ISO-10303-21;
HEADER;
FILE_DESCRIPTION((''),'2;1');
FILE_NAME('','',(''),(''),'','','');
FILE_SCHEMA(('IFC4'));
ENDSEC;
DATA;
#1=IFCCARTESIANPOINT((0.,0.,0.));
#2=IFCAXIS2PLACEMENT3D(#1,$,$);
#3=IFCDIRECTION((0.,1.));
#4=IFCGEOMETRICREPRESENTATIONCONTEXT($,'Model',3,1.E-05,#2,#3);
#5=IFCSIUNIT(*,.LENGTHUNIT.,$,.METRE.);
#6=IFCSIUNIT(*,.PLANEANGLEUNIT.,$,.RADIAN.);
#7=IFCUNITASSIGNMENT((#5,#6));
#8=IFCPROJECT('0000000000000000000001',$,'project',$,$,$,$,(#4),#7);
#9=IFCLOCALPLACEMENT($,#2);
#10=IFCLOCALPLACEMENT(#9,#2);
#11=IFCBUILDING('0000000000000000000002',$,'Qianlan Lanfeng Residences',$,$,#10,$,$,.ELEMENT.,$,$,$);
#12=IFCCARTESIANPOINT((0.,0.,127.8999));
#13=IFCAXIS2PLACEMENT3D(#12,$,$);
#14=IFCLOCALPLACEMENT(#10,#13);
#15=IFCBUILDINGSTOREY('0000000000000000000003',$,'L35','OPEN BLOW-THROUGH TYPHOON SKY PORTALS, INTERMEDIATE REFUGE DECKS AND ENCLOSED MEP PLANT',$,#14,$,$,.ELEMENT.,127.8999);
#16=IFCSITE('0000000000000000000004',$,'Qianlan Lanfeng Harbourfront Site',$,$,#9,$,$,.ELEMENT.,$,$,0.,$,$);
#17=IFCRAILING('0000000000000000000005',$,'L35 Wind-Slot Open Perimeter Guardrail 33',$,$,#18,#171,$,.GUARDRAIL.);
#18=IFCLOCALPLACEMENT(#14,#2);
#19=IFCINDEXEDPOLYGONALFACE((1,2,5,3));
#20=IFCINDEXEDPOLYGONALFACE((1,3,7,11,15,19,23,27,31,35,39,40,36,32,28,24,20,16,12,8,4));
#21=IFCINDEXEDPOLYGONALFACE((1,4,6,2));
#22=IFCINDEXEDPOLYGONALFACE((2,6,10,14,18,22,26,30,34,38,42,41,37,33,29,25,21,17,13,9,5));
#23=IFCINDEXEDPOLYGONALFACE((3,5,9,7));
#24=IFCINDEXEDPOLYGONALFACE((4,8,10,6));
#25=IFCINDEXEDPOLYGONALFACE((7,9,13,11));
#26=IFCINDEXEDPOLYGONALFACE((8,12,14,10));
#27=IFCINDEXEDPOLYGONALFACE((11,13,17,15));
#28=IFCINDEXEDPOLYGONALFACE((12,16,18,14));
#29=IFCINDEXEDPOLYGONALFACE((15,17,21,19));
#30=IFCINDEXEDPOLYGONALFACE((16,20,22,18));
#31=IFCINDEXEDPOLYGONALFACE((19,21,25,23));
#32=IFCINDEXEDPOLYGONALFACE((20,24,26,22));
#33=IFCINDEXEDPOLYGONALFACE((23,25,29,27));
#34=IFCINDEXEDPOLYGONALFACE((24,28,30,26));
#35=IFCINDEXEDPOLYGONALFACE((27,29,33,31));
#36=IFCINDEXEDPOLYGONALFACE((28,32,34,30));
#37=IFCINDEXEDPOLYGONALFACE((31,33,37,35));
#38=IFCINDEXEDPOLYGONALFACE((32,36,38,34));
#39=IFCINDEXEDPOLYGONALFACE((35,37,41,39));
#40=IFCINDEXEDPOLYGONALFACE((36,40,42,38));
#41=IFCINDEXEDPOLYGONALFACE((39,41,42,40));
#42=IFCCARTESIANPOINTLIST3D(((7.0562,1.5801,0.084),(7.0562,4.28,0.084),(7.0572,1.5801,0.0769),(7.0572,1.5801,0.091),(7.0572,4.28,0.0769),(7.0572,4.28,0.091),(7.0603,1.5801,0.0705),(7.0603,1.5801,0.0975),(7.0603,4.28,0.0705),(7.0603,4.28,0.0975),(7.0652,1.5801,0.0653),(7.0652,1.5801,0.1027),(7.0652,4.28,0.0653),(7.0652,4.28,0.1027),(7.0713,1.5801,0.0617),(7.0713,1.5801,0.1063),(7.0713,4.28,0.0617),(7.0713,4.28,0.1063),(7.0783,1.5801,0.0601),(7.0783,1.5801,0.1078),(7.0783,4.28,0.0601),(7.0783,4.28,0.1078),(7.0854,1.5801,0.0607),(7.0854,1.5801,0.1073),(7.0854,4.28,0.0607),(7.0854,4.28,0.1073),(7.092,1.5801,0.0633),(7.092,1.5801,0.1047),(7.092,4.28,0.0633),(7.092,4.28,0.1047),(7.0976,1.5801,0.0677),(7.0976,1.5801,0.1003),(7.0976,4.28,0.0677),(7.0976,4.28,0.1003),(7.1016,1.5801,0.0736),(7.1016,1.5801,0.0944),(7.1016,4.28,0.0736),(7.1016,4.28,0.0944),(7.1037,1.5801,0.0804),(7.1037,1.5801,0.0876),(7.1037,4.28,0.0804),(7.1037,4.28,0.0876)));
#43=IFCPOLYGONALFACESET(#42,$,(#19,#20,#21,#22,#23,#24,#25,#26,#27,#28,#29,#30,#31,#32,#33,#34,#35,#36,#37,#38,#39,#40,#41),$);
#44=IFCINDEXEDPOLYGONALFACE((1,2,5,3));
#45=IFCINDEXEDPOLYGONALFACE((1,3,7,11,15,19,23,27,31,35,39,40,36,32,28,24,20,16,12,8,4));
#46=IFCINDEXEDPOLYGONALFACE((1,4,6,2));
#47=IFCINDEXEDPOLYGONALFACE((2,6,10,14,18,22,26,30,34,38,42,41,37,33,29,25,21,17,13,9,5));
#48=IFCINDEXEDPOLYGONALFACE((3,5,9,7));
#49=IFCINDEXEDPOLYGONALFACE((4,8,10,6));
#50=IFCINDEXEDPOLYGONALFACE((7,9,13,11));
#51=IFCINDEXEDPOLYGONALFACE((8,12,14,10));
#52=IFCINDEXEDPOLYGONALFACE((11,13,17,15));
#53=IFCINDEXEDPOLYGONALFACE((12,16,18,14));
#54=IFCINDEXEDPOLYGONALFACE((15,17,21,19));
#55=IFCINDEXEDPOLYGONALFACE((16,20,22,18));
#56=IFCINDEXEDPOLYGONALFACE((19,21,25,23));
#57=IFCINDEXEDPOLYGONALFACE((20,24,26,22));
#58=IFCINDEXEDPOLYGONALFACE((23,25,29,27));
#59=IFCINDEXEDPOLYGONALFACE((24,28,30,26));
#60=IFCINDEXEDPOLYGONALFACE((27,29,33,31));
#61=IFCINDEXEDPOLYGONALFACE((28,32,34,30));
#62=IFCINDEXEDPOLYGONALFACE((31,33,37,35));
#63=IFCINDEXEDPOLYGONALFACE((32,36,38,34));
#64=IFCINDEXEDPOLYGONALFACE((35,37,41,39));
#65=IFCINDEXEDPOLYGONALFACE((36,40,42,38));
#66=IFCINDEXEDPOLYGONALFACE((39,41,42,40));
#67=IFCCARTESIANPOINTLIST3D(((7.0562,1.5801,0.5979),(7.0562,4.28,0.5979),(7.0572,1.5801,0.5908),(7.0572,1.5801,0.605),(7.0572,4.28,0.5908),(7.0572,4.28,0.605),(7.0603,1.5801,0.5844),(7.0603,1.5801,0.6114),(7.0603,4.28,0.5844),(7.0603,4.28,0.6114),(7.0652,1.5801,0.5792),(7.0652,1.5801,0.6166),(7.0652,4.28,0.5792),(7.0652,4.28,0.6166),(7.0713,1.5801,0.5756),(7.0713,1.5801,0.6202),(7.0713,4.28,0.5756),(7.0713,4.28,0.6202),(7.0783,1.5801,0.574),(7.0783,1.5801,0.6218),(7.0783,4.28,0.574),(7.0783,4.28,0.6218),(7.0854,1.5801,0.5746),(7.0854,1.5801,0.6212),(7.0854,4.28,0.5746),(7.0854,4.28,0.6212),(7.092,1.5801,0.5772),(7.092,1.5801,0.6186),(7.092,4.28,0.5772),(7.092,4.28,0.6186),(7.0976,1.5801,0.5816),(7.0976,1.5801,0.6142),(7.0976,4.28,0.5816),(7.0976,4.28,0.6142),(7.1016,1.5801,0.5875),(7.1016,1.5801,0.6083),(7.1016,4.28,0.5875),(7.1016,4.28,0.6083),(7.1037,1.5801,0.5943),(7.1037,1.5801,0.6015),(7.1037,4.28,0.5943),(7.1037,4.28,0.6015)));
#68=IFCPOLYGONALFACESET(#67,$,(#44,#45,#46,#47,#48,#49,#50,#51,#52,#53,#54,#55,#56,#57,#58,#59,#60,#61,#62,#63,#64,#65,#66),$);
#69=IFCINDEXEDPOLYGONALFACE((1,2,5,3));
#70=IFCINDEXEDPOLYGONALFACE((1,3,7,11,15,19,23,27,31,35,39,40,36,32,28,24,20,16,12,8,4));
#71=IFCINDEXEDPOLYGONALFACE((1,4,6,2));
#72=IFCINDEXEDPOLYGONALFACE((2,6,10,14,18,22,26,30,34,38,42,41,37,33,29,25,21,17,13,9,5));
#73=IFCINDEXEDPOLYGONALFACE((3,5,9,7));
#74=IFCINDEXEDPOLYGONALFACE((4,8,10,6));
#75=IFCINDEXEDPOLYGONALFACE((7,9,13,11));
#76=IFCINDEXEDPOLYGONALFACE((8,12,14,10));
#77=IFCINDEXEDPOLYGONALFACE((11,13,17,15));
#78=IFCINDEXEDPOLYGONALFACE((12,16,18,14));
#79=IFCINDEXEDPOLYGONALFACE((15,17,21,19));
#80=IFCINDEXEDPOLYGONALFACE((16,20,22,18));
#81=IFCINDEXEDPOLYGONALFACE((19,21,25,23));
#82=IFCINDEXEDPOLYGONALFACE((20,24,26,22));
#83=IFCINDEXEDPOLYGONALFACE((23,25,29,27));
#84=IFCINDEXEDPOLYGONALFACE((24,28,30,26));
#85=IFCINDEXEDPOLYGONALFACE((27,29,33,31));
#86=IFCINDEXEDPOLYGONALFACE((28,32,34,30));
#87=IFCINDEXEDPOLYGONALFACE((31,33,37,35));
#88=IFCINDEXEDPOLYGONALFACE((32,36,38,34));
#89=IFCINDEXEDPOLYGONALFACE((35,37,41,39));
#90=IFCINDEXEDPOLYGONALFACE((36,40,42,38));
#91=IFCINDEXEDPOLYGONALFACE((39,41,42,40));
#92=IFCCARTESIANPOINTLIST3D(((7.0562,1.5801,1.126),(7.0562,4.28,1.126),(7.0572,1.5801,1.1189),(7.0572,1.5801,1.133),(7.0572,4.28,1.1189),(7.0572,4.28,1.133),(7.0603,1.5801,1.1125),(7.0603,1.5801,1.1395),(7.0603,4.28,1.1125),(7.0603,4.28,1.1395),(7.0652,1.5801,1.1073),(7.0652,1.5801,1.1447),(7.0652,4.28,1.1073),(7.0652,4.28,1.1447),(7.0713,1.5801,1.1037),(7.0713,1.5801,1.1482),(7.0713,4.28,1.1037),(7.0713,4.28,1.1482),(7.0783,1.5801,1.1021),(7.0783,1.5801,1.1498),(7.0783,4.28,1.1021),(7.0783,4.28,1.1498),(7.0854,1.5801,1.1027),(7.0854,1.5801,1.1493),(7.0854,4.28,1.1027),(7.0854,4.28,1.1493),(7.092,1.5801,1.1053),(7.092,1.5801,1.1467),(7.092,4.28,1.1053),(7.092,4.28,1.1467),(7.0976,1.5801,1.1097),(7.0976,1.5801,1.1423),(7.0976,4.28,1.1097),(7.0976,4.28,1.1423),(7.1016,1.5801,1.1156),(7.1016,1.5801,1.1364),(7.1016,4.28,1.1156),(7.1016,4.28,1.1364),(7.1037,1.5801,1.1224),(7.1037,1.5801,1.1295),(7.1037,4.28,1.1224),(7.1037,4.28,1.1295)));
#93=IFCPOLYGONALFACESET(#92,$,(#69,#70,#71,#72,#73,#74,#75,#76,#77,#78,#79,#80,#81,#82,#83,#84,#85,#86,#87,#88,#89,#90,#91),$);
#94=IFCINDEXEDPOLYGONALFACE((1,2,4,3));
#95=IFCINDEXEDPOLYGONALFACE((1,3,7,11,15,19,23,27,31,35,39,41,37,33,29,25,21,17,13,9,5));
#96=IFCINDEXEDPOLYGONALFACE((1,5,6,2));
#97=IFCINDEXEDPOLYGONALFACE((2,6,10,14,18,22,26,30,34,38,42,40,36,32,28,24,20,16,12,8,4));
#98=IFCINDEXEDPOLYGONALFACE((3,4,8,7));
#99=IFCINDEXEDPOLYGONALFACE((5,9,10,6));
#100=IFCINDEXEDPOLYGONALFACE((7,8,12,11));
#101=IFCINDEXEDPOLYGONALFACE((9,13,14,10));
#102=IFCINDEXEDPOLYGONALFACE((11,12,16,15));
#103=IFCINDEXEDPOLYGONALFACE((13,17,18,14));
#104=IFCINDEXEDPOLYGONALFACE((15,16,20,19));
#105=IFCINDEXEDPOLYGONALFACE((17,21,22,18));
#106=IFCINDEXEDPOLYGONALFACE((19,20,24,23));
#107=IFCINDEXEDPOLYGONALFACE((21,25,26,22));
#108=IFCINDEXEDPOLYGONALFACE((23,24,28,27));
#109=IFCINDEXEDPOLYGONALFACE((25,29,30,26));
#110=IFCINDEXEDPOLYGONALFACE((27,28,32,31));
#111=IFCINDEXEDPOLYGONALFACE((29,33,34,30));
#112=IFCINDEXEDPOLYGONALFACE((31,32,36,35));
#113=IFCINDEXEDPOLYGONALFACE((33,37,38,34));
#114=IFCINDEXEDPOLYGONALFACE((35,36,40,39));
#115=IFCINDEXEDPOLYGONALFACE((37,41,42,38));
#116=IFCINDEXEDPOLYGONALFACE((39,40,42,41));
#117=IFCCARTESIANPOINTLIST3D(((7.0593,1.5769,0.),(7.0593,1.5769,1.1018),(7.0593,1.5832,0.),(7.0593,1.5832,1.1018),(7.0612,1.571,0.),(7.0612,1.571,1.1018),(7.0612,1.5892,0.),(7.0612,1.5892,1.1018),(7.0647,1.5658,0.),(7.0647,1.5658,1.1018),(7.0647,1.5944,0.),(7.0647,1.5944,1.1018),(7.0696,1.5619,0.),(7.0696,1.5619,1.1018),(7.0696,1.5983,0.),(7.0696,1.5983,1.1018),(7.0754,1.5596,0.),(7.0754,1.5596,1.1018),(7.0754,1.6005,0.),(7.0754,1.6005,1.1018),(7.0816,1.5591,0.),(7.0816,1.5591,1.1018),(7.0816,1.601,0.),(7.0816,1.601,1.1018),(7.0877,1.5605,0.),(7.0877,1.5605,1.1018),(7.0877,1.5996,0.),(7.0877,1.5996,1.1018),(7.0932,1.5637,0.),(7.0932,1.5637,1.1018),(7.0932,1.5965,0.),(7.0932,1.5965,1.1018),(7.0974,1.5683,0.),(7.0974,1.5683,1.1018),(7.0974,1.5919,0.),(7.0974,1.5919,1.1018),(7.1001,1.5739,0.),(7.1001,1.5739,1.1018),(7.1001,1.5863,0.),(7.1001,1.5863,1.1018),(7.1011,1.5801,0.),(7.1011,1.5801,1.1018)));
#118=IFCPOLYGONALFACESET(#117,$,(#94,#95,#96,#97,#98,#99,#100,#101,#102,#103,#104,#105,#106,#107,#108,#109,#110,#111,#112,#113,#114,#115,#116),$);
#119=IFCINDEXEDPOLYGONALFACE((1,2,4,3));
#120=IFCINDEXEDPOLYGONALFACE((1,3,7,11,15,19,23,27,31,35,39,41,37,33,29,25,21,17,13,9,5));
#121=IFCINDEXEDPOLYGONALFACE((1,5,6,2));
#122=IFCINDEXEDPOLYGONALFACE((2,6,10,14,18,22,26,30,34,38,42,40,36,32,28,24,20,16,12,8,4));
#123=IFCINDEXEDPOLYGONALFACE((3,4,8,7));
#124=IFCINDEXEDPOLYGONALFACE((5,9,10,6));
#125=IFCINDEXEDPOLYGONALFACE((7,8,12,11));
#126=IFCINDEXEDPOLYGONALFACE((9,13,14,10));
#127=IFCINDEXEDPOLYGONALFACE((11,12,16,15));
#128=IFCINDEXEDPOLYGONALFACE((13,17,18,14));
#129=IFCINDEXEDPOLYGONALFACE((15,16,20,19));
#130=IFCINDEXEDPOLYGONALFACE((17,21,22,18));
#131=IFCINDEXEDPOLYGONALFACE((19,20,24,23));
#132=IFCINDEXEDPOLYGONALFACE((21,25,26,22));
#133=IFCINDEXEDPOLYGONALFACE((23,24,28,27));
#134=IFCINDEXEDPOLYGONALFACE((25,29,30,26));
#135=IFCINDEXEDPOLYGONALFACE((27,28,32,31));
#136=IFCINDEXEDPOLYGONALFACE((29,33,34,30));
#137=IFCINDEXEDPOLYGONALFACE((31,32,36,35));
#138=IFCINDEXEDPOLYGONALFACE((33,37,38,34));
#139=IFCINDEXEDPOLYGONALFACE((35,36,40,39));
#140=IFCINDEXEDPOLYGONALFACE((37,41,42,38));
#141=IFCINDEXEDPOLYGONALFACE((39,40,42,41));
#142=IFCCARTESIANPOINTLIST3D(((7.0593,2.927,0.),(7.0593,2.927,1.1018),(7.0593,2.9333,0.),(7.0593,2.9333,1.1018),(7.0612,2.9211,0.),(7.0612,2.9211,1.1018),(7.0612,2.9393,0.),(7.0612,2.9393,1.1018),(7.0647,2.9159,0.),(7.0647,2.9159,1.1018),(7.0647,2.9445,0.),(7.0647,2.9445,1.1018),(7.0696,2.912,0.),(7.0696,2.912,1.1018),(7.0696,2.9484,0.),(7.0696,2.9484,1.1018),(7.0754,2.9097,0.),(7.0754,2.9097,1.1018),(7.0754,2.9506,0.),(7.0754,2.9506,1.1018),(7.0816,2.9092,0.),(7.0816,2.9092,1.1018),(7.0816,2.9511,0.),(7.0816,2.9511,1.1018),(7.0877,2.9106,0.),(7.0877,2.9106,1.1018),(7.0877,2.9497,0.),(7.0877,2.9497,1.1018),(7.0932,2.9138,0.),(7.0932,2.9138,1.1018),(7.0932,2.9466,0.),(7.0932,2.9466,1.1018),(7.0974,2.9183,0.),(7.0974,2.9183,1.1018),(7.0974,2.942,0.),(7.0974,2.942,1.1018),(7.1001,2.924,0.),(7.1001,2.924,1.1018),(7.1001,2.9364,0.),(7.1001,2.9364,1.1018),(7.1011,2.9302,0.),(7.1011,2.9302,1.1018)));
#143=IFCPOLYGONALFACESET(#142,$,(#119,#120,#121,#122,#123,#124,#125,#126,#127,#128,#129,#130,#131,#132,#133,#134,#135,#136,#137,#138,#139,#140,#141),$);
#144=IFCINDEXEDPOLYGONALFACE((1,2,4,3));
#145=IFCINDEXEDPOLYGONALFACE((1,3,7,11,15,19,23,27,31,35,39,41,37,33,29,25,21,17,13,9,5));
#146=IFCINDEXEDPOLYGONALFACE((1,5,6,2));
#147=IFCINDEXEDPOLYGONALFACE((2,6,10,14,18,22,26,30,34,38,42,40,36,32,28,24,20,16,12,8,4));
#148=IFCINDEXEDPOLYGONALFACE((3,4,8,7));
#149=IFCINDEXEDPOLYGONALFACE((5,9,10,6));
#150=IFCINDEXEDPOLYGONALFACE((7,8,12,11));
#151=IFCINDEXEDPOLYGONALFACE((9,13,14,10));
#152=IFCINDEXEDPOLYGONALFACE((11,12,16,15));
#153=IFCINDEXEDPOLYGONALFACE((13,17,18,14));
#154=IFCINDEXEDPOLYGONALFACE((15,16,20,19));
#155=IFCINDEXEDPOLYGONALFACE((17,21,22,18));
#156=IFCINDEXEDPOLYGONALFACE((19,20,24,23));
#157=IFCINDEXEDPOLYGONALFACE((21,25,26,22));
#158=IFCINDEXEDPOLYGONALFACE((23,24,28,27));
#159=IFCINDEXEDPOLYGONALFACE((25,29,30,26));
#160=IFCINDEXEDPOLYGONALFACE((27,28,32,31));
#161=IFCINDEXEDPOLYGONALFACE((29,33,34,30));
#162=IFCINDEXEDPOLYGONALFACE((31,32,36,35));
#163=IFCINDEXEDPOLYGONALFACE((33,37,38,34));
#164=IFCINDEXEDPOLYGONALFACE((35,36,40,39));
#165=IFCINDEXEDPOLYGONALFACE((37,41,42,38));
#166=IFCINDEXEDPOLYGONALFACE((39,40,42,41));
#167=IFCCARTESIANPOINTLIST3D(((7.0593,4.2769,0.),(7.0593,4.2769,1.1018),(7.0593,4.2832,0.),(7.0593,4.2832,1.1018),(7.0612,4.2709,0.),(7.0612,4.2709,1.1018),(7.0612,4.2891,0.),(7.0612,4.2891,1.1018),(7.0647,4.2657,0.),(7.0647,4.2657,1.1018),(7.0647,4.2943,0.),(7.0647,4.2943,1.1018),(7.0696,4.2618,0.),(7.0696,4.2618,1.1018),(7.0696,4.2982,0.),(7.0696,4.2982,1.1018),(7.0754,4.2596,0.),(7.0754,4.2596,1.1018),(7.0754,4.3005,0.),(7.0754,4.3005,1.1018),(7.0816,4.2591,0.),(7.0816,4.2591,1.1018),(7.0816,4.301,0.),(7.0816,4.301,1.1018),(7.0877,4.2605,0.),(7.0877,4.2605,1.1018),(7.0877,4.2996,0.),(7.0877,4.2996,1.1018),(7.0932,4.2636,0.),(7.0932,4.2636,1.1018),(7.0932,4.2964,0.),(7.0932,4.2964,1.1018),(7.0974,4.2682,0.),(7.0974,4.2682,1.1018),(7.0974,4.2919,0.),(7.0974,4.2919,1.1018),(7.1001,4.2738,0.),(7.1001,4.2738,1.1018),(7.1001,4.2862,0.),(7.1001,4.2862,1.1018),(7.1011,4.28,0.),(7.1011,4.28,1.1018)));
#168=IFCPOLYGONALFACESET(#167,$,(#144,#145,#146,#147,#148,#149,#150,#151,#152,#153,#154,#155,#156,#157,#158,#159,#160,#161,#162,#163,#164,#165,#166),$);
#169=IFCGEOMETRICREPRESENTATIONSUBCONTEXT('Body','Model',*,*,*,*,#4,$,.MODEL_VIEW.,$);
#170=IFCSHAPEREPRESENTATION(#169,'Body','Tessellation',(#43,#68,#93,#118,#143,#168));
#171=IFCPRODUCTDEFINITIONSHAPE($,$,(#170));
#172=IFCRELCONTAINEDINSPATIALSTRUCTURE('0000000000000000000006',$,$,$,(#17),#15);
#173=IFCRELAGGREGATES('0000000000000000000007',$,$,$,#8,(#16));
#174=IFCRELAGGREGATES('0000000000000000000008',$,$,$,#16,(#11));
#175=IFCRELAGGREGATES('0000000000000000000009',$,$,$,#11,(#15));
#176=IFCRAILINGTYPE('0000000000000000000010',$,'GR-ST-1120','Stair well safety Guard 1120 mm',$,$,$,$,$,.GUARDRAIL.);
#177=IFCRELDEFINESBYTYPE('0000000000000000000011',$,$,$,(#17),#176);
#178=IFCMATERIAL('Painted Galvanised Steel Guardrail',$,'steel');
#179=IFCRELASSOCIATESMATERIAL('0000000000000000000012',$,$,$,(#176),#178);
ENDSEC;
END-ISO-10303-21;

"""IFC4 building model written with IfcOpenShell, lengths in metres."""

from ifc_helpers import new_model, si_unit, direction, frame, origin, origin_2d, place, context, subcontext, project, spatial, circle, extrude, material, type_object, element, save


model = new_model("IFC4")

# Units and contexts
model_context = context("Model", 3, precision=1e-05, world=origin(), true_north=direction((0.0, 1.0)))
body_context = subcontext(model_context, "Body", "Model", "MODEL_VIEW")
ifc_project = project(units=[si_unit("LENGTHUNIT", "METRE"), si_unit("PLANEANGLEUNIT", "RADIAN")], contexts=[model_context])

# Site, building, storey
site_placement = place(None, origin())
site = spatial("IfcSite", under=ifc_project, at=site_placement, Name="Qianlan Lanfeng Harbourfront Site", CompositionType="ELEMENT", RefElevation=0.0)
building_placement = place(site_placement, origin())
building = spatial("IfcBuilding", under=site, at=building_placement, Name="Qianlan Lanfeng Residences", CompositionType="ELEMENT")
storey_placement = place(building_placement, frame((0.0, 0.0, 127.8999)))
storey = spatial("IfcBuildingStorey", under=building, at=storey_placement, Name="L35", Description="OPEN BLOW-THROUGH TYPHOON SKY PORTALS, INTERMEDIATE REFUGE DECKS AND ENCLOSED MEP PLANT", CompositionType="ELEMENT", Elevation=127.8999)

# Railing
ifc_material_1 = material(Name="Painted Galvanised Steel Guardrail", Category="steel")
railing_type = type_object("IfcRailingType", Name="GR-ST-1120", Description="Stair well safety Guard 1120 mm", PredefinedType="GUARDRAIL", material=ifc_material_1)
railing_1_placement = place(storey_placement, frame((7.0801, 1.5801, 0.0)))
element("IfcRailing", 1, at=railing_1_placement, inside=storey, type_object=railing_type, Name="L35 Wind-Slot Open Perimeter Guardrail 33", PredefinedType="GUARDRAIL", context=body_context, shape_type="SweptSolid", body=[
    extrude(circle(Radius=0.0239, at=origin_2d()), frame((0.0, 0.0, 0.084), z_axis=(0.0, 1.0, 0.0), x_axis=(-1.0, 0.0, 0.0)), (0.0, 0.0, 1.0), 2.7),
    extrude(circle(Radius=0.0239, at=origin_2d()), frame((0.0, 0.0, 0.5979), z_axis=(0.0, 1.0, 0.0), x_axis=(-1.0, 0.0, 0.0)), (0.0, 0.0, 1.0), 2.7),
    extrude(circle(Radius=0.0239, at=origin_2d()), frame((0.0, 0.0, 1.126), z_axis=(0.0, 1.0, 0.0), x_axis=(-1.0, 0.0, 0.0)), (0.0, 0.0, 1.0), 2.7),
    extrude(circle(Radius=0.021, at=origin_2d()), origin(), (0.0, 0.0, 1.0), 1.1018),
    extrude(circle(Radius=0.021, at=origin_2d()), frame((0.0, 1.3501, 0.0)), (0.0, 0.0, 1.0), 1.1018),
    extrude(circle(Radius=0.021, at=origin_2d()), frame((0.0, 2.7, 0.0)), (0.0, 0.0, 1.0), 1.1018),
])

save(model, "model.ifc")
